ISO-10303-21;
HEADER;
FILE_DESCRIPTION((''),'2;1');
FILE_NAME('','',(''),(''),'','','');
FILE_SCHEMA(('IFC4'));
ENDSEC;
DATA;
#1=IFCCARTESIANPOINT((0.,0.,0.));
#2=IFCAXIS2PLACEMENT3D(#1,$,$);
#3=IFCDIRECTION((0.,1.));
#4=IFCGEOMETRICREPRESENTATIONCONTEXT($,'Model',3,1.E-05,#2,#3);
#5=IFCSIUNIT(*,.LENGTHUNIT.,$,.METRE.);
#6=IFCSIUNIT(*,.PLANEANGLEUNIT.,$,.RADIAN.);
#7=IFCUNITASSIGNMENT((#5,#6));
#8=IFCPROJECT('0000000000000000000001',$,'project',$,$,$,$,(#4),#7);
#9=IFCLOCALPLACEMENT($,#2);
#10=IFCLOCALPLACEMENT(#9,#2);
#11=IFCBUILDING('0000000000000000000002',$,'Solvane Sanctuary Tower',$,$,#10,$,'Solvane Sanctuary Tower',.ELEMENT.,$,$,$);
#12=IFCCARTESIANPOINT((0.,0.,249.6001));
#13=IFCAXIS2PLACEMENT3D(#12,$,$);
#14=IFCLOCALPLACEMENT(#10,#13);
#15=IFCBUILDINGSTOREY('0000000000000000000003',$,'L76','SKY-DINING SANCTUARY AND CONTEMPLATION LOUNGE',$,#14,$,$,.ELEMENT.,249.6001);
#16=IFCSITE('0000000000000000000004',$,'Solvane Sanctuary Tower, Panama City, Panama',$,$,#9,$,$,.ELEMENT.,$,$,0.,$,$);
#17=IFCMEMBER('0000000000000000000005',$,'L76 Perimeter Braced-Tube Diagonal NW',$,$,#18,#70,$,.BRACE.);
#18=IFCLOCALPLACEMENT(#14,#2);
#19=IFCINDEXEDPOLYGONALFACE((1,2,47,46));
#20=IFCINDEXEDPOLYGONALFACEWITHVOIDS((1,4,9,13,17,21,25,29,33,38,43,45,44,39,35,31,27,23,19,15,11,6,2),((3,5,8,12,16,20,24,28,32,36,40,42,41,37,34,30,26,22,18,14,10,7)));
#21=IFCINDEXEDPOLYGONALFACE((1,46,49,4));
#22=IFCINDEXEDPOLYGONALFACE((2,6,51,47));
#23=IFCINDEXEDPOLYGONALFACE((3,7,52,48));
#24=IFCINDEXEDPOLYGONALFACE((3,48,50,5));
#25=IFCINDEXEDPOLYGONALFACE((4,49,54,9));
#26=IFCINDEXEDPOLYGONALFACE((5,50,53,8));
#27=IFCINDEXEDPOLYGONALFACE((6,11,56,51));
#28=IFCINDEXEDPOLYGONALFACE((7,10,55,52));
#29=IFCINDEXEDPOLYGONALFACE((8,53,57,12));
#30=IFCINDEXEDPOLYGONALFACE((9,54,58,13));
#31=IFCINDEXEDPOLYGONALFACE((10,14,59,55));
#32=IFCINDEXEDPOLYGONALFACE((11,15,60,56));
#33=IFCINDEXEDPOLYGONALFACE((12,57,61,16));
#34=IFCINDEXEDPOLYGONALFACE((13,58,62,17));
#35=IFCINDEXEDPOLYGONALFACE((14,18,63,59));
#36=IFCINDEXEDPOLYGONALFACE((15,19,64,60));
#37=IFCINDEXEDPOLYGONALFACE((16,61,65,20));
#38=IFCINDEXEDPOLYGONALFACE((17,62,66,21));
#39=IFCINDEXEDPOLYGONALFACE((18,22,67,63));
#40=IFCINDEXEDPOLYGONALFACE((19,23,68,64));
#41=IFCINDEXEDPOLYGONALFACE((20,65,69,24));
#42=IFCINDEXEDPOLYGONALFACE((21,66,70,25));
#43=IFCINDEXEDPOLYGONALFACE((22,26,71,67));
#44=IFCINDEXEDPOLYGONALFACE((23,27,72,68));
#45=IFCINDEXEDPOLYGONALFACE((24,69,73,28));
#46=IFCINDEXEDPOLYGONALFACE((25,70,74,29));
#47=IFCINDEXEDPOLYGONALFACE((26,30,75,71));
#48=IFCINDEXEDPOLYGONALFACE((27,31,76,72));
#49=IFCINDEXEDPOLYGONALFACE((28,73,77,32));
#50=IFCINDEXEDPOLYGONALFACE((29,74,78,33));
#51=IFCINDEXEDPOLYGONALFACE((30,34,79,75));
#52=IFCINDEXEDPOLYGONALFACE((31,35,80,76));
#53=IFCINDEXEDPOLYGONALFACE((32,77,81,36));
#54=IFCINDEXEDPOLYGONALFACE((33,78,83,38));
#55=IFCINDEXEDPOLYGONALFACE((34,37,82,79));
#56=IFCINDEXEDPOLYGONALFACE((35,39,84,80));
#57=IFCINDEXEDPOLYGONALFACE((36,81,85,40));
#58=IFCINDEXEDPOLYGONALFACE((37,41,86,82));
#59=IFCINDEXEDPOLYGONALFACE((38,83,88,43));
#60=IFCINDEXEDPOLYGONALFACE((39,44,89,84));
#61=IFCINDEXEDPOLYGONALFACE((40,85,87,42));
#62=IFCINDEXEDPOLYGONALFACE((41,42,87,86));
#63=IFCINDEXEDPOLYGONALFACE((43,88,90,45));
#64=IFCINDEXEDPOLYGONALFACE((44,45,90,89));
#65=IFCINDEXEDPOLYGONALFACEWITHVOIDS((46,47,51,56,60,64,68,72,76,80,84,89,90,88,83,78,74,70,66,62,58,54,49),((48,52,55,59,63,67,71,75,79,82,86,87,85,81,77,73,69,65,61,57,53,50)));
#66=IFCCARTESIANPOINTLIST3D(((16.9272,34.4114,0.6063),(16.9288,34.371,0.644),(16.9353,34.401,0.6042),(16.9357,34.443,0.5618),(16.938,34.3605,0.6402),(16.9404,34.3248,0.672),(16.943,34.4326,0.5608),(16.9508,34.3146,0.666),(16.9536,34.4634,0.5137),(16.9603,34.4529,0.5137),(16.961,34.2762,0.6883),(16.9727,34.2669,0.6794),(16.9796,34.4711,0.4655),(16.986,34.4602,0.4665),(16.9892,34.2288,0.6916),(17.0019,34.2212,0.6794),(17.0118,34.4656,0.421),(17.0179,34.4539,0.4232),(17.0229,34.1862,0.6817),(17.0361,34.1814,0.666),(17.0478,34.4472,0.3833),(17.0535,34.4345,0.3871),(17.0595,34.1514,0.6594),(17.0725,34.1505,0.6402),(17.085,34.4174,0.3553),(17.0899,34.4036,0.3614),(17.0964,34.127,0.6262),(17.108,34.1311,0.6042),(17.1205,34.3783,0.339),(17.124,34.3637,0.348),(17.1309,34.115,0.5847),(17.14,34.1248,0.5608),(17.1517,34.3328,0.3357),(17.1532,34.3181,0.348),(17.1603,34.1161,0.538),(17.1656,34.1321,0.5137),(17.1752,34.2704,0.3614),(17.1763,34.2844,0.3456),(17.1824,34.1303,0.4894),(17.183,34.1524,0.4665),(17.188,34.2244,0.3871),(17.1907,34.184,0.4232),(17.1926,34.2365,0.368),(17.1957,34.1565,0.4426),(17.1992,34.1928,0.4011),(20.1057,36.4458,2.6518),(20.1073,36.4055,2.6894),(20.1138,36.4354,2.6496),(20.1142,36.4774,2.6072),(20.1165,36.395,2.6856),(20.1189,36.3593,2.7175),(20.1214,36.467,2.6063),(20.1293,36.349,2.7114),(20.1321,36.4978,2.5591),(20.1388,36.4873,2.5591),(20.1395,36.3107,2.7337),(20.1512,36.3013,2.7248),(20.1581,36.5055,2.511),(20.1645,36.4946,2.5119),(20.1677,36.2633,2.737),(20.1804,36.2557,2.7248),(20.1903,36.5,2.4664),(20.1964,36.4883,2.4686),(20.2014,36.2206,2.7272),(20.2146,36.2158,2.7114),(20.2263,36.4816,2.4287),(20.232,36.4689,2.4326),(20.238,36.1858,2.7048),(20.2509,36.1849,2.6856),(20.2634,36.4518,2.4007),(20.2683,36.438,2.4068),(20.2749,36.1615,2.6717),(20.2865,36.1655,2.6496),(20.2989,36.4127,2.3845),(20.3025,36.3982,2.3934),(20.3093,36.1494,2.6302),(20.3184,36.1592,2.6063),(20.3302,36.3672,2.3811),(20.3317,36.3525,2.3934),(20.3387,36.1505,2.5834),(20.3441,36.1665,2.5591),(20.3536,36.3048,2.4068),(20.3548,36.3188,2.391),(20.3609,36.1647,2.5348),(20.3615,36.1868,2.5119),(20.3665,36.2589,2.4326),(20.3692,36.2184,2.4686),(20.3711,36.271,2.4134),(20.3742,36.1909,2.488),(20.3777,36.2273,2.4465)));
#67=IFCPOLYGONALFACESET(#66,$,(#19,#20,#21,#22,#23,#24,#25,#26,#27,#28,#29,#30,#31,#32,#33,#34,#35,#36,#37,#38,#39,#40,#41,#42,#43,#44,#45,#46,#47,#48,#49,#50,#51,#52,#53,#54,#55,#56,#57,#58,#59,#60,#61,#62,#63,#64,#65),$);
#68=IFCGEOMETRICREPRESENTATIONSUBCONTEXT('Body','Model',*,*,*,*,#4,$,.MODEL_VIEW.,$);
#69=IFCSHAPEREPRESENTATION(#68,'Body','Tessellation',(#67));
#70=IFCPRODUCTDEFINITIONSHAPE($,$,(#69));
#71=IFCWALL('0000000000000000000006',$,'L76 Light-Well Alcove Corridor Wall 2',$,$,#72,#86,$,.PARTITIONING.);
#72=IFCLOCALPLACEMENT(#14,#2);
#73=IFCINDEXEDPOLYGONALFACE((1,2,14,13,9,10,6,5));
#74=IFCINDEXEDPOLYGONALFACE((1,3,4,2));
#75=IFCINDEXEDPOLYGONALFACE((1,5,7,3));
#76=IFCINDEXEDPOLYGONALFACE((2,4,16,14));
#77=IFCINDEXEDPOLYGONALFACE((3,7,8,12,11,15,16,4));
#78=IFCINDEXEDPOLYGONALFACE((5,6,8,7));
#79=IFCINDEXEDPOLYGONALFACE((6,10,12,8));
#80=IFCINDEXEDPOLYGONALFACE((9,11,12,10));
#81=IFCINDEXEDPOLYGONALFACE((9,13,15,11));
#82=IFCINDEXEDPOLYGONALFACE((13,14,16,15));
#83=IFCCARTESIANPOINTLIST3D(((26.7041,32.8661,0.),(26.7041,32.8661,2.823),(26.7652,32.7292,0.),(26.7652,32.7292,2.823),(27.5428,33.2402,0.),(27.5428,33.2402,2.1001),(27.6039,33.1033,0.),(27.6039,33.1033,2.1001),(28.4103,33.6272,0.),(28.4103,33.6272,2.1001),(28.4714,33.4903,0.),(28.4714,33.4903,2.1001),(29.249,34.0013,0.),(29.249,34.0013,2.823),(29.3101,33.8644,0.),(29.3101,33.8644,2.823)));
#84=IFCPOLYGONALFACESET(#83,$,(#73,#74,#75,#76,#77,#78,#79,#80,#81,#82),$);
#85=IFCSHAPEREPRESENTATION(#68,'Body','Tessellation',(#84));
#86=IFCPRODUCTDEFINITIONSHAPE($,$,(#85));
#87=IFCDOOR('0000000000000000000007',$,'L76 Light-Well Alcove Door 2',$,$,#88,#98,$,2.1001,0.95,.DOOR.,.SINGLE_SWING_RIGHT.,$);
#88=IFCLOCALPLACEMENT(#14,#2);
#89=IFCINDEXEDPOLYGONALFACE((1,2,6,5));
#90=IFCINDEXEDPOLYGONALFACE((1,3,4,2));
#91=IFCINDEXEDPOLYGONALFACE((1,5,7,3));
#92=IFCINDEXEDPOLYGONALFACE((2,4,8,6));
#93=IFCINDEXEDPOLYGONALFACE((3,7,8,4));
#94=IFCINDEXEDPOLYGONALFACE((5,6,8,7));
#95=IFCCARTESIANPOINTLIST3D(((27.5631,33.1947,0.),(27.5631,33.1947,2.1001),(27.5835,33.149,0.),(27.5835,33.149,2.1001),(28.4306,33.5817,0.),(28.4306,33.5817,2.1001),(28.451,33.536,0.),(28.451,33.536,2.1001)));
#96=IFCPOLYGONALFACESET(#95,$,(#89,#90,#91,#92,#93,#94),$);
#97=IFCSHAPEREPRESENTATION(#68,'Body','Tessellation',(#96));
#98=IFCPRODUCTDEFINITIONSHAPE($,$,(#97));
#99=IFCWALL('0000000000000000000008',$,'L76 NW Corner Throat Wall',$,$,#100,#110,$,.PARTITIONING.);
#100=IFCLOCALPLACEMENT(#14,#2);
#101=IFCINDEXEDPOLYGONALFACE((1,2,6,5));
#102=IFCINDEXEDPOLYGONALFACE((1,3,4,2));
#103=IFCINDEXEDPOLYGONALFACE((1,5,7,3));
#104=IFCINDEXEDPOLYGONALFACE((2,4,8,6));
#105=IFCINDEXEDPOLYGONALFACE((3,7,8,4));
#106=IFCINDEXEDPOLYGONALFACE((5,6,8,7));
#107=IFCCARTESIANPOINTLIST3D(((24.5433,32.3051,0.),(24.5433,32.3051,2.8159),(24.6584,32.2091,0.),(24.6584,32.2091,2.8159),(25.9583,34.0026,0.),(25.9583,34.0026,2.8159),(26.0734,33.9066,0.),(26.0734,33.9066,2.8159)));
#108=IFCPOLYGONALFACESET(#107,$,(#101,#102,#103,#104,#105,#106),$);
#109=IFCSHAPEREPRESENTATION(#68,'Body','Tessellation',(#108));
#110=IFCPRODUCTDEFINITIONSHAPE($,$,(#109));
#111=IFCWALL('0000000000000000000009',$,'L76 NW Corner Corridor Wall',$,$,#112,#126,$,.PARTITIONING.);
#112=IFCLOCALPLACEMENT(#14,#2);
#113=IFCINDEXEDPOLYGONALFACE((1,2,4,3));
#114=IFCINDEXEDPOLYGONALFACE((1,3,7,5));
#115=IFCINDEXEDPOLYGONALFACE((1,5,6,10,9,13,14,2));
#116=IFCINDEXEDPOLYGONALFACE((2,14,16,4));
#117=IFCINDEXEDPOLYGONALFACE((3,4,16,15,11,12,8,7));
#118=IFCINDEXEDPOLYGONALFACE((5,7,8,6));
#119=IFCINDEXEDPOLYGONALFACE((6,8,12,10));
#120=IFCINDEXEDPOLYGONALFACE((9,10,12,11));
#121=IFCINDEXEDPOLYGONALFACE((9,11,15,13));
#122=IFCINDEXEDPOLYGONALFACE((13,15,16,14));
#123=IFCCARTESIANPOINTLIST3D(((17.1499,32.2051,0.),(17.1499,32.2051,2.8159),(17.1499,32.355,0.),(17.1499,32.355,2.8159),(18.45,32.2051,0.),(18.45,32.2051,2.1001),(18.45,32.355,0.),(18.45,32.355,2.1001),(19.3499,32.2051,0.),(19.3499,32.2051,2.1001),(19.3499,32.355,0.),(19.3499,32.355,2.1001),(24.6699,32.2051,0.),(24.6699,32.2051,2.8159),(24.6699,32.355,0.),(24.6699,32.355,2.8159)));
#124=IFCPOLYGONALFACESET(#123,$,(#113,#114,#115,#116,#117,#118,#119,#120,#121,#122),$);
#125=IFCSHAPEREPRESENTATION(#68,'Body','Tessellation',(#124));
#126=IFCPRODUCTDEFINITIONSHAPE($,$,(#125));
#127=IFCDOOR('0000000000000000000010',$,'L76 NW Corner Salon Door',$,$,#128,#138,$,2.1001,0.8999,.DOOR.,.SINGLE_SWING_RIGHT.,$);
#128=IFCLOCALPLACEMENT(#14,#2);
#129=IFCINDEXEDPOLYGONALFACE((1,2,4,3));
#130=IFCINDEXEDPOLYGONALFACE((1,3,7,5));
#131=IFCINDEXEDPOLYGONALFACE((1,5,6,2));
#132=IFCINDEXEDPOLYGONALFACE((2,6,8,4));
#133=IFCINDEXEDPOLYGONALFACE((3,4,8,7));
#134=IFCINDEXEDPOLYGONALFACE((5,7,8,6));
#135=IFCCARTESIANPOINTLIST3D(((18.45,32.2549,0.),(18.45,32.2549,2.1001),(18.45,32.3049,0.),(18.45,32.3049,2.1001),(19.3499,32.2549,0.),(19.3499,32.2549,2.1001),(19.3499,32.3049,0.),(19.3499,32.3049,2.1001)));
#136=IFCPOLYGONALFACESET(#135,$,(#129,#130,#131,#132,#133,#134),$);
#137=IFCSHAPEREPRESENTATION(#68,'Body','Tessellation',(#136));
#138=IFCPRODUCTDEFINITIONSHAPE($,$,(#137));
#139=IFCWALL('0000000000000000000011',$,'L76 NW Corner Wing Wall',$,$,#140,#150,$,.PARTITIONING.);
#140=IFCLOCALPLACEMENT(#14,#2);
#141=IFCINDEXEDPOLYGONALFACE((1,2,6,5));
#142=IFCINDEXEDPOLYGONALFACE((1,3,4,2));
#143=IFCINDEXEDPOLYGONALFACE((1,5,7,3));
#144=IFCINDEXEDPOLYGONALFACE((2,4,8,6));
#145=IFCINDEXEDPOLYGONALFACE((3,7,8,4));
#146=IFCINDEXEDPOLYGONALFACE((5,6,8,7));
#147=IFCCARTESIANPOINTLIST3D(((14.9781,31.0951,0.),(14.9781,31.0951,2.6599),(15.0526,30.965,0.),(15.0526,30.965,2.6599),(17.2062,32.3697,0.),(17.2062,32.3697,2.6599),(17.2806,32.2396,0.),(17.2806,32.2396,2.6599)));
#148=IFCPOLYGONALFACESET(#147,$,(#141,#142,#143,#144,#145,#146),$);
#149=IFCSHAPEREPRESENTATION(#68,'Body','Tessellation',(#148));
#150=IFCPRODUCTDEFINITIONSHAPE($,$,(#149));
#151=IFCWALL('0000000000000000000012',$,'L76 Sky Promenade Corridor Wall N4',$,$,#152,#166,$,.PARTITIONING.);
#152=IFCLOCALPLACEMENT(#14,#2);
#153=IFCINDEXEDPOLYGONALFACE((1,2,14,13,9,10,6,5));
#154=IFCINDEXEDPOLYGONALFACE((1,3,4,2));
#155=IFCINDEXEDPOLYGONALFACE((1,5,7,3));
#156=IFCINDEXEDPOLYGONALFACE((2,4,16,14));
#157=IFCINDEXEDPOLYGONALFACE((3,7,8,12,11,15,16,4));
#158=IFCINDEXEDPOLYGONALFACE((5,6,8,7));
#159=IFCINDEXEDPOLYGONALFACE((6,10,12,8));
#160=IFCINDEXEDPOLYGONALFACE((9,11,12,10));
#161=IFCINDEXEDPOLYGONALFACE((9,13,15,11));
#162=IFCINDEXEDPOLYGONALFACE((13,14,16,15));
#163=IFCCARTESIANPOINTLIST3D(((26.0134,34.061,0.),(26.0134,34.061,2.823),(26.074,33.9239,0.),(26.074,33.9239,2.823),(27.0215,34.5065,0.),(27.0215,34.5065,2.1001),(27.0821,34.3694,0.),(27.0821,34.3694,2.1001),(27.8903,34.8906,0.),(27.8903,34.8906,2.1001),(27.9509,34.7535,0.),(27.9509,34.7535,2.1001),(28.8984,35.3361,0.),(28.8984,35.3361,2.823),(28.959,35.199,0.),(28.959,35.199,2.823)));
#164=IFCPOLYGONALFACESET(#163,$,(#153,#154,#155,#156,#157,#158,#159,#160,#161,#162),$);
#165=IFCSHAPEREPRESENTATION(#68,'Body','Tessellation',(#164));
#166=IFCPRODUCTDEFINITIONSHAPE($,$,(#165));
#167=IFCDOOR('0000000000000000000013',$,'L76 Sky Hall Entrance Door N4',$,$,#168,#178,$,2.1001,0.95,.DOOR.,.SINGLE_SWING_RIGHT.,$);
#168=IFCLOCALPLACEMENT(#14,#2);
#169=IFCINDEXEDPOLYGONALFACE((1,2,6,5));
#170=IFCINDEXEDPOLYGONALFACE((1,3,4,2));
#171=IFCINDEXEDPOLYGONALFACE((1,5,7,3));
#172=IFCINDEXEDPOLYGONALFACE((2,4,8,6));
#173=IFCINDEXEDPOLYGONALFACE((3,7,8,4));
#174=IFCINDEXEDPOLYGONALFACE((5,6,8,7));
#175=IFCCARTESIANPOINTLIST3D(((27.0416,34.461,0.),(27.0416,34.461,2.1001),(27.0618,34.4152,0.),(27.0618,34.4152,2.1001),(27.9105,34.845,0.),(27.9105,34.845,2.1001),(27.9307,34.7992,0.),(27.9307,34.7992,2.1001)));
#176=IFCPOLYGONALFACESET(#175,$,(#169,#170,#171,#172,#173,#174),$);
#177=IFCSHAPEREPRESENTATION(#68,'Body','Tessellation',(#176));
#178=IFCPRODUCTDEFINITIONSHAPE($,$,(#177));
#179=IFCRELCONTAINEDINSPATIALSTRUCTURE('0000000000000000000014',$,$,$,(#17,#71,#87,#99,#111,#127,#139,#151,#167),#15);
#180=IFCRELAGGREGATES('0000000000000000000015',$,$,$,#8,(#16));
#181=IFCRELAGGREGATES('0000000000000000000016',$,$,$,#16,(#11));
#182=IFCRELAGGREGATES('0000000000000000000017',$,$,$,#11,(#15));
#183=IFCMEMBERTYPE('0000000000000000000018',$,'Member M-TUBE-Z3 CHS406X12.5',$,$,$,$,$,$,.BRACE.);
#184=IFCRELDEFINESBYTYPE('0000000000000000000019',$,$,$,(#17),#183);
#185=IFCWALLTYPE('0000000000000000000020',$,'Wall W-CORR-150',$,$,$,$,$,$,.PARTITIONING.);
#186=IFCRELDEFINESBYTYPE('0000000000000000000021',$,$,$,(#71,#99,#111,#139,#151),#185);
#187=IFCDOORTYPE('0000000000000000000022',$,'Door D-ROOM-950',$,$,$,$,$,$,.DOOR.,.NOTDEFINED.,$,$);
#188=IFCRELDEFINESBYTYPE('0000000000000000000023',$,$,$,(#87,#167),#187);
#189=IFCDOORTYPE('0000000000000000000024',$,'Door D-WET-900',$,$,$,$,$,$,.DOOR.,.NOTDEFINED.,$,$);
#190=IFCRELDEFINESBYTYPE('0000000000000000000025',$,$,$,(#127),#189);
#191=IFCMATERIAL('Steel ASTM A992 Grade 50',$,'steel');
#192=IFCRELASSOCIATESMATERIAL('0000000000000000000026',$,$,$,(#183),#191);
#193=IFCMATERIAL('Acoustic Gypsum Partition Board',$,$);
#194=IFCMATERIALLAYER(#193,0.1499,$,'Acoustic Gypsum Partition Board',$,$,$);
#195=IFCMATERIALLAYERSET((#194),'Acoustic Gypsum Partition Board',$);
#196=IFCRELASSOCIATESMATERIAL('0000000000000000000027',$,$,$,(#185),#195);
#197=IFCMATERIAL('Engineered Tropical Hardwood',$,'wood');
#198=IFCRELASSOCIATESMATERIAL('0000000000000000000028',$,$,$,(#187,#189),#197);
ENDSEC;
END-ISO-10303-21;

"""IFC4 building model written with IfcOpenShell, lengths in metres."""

from ifc_helpers import new_model, si_unit, direction, frame, frame_2d, origin, origin_2d, place, context, subcontext, project, spatial, rectangle, hollow_circle, extrude, material, layer, layer_set, material_profile, profile_set, type_object, element, fill, save


model = new_model("IFC4")

# Units and contexts
model_context = context("Model", 3, precision=1e-05, world=origin(), true_north=direction((0.0, 1.0)))
body_context = subcontext(model_context, "Body", "Model", "MODEL_VIEW")
ifc_project = project(units=[si_unit("LENGTHUNIT", "METRE"), si_unit("PLANEANGLEUNIT", "RADIAN")], contexts=[model_context])

# Site, building, storey
site_placement = place(None, origin())
site = spatial("IfcSite", under=ifc_project, at=site_placement, Name="Solvane Sanctuary Tower, Panama City, Panama", CompositionType="ELEMENT", RefElevation=0.0)
building_placement = place(site_placement, origin())
building = spatial("IfcBuilding", under=site, at=building_placement, Name="Solvane Sanctuary Tower", LongName="Solvane Sanctuary Tower", CompositionType="ELEMENT")
storey_placement = place(building_placement, frame((0.0, 0.0, 249.6001)))
storey = spatial("IfcBuildingStorey", under=building, at=storey_placement, Name="L76", Description="SKY-DINING SANCTUARY AND CONTEMPLATION LOUNGE", CompositionType="ELEMENT", Elevation=249.6001)

# Shared definitions
ifc_material_1 = material(Name="Steel ASTM A992 Grade 50", Category="steel")

# Member
ifc_material_profile_1 = material_profile(ifc_material_1, hollow_circle(Radius=0.2029, WallThickness=0.0125, at=origin_2d()), Name="CHS406X12.5")
ifc_profile_set_1 = profile_set([ifc_material_profile_1], Name="Steel ASTM A992 Grade 50")
member_type = type_object("IfcMemberType", Name="Member M-TUBE-Z3 CHS406X12.5", PredefinedType="BRACE", material=ifc_profile_set_1)
member_placement = place(storey_placement, frame((17.063, 34.2925, 0.5137), z_axis=(0.740476, 0.473953, 0.476512), x_axis=(-0.539092, 0.842247, 0.0)))
element("IfcMember", 1, at=member_placement, inside=storey, type_object=member_type, Name="L76 Perimeter Braced-Tube Diagonal NW", PredefinedType="BRACE", context=body_context, shape_type="SweptSolid", body=[
    extrude(hollow_circle(Radius=0.2029, WallThickness=0.0125, at=origin_2d()), origin(), (0.0, 0.0, 1.0), 4.2925),
])

# Wall, opening, door
ifc_material_2 = material(Name="Acoustic Gypsum Partition Board")
ifc_layer_1 = layer(ifc_material_2, 0.1499, Name="Acoustic Gypsum Partition Board")
ifc_layer_set_1 = layer_set([ifc_layer_1], Name="Acoustic Gypsum Partition Board")
wall_type_1 = type_object("IfcWallType", Name="Wall W-CORR-150", PredefinedType="PARTITIONING", material=ifc_layer_set_1)
wall_1_placement = place(storey_placement, frame((29.2795, 33.9329, 0.0), z_axis=(0.0, 0.0, 1.0), x_axis=(-0.913254, -0.40739, 0.0)))
wall_1 = element("IfcWall", 2, at=wall_1_placement, inside=storey, type_object=wall_type_1, Name="L76 Light-Well Alcove Corridor Wall 2", PredefinedType="PARTITIONING", context=body_context, shape_type="SweptSolid", body=[
    extrude(rectangle(XDim=2.7866, YDim=0.1499, at=frame_2d((1.3933, 0.0))), origin(), (0.0, 0.0, 1.0), 2.823),
])
opening_1_placement = place(wall_1_placement, frame((0.9182, 0.0, 0.0)))
opening_1 = element("IfcOpeningElement", 3, at=opening_1_placement, cuts=wall_1, PredefinedType="OPENING", context=body_context, shape_type="SweptSolid", body=[
    extrude(rectangle(XDim=0.95, YDim=2.1001, at=frame_2d((0.4751, 1.05))), frame((0.0, 0.085, 0.0), z_axis=(0.0, -1.0, 0.0), x_axis=(1.0, 0.0, 0.0)), (0.0, 0.0, 1.0), 0.1699),
])
ifc_material_3 = material(Name="Engineered Tropical Hardwood", Category="wood")
door_type_1 = type_object("IfcDoorType", Name="Door D-ROOM-950", OperationType="NOTDEFINED", PredefinedType="DOOR", material=ifc_material_3)
door_1_placement = place(opening_1_placement, origin())
door_1 = element("IfcDoor", 4, at=door_1_placement, inside=storey, type_object=door_type_1, Name="L76 Light-Well Alcove Door 2", OperationType="SINGLE_SWING_RIGHT", OverallHeight=2.1001, OverallWidth=0.95, PredefinedType="DOOR", context=body_context, shape_type="SweptSolid", body=[
    extrude(rectangle(XDim=0.95, YDim=2.1001, at=frame_2d((0.4751, 1.05))), frame((0.0, 0.0249, 0.0), z_axis=(0.0, -1.0, 0.0), x_axis=(1.0, 0.0, 0.0)), (0.0, 0.0, 1.0), 0.05),
])
fill(opening_1, door_1)

# Wall
wall_2_placement = place(storey_placement, frame((26.0159, 33.9546, 0.0), z_axis=(0.0, 0.0, 1.0), x_axis=(-0.640304, -0.768122, 0.0)))
element("IfcWall", 5, at=wall_2_placement, inside=storey, type_object=wall_type_1, Name="L76 NW Corner Throat Wall", PredefinedType="PARTITIONING", context=body_context, shape_type="SweptSolid", body=[
    extrude(rectangle(XDim=2.21, YDim=0.1499, at=frame_2d((1.105, 0.0))), origin(), (0.0, 0.0, 1.0), 2.8159),
])

# Wall, opening, door
wall_3_placement = place(storey_placement, frame((17.1499, 32.28, 0.0), z_axis=(0.0, 0.0, 1.0), x_axis=(1.0, 0.0, 0.0)))
wall_3 = element("IfcWall", 6, at=wall_3_placement, inside=storey, type_object=wall_type_1, Name="L76 NW Corner Corridor Wall", PredefinedType="PARTITIONING", context=body_context, shape_type="SweptSolid", body=[
    extrude(rectangle(XDim=7.52, YDim=0.1499, at=frame_2d((3.76, 0.0))), origin(), (0.0, 0.0, 1.0), 2.8159),
])
opening_2_placement = place(wall_3_placement, frame((1.3, 0.0, 0.0)))
opening_2 = element("IfcOpeningElement", 7, at=opening_2_placement, cuts=wall_3, PredefinedType="OPENING", context=body_context, shape_type="SweptSolid", body=[
    extrude(rectangle(XDim=0.8999, YDim=2.1001, at=frame_2d((0.45, 1.05))), frame((0.0, 0.085, 0.0), z_axis=(0.0, -1.0, 0.0), x_axis=(1.0, 0.0, 0.0)), (0.0, 0.0, 1.0), 0.1699),
])
door_type_2 = type_object("IfcDoorType", Name="Door D-WET-900", OperationType="NOTDEFINED", PredefinedType="DOOR", material=ifc_material_3)
door_2_placement = place(opening_2_placement, origin())
door_2 = element("IfcDoor", 8, at=door_2_placement, inside=storey, type_object=door_type_2, Name="L76 NW Corner Salon Door", OperationType="SINGLE_SWING_RIGHT", OverallHeight=2.1001, OverallWidth=0.8999, PredefinedType="DOOR", context=body_context, shape_type="SweptSolid", body=[
    extrude(rectangle(XDim=0.8999, YDim=2.1001, at=frame_2d((0.45, 1.05))), frame((0.0, 0.0249, 0.0), z_axis=(0.0, -1.0, 0.0), x_axis=(1.0, 0.0, 0.0)), (0.0, 0.0, 1.0), 0.05),
])
fill(opening_2, door_2)

# Wall
wall_4_placement = place(storey_placement, frame((17.2434, 32.3047, 0.0), z_axis=(0.0, 0.0, 1.0), x_axis=(-0.867991, -0.496579, 0.0)))
element("IfcWall", 9, at=wall_4_placement, inside=storey, type_object=wall_type_1, Name="L76 NW Corner Wing Wall", PredefinedType="PARTITIONING", context=body_context, shape_type="SweptSolid", body=[
    extrude(rectangle(XDim=2.5669, YDim=0.1499, at=frame_2d((1.2834, 0.0))), origin(), (0.0, 0.0, 1.0), 2.6599),
])

# Wall, opening, door
wall_5_placement = place(storey_placement, frame((28.9287, 35.2676, 0.0), z_axis=(0.0, 0.0, 1.0), x_axis=(-0.914643, -0.404263, 0.0)))
wall_5 = element("IfcWall", 10, at=wall_5_placement, inside=storey, type_object=wall_type_1, Name="L76 Sky Promenade Corridor Wall N4", PredefinedType="PARTITIONING", context=body_context, shape_type="SweptSolid", body=[
    extrude(rectangle(XDim=3.1543, YDim=0.1499, at=frame_2d((1.5771, 0.0))), origin(), (0.0, 0.0, 1.0), 2.823),
])
opening_3_placement = place(wall_5_placement, frame((1.1021, 0.0, 0.0)))
opening_3 = element("IfcOpeningElement", 11, at=opening_3_placement, cuts=wall_5, PredefinedType="OPENING", context=body_context, shape_type="SweptSolid", body=[
    extrude(rectangle(XDim=0.95, YDim=2.1001, at=frame_2d((0.4751, 1.05))), frame((0.0, 0.085, 0.0), z_axis=(0.0, -1.0, 0.0), x_axis=(1.0, 0.0, 0.0)), (0.0, 0.0, 1.0), 0.1699),
])
door_3_placement = place(opening_3_placement, origin())
door_3 = element("IfcDoor", 12, at=door_3_placement, inside=storey, type_object=door_type_1, Name="L76 Sky Hall Entrance Door N4", OperationType="SINGLE_SWING_RIGHT", OverallHeight=2.1001, OverallWidth=0.95, PredefinedType="DOOR", context=body_context, shape_type="SweptSolid", body=[
    extrude(rectangle(XDim=0.95, YDim=2.1001, at=frame_2d((0.4751, 1.05))), frame((0.0, 0.0249, 0.0), z_axis=(0.0, -1.0, 0.0), x_axis=(1.0, 0.0, 0.0)), (0.0, 0.0, 1.0), 0.05),
])
fill(opening_3, door_3)

save(model, "model.ifc")
